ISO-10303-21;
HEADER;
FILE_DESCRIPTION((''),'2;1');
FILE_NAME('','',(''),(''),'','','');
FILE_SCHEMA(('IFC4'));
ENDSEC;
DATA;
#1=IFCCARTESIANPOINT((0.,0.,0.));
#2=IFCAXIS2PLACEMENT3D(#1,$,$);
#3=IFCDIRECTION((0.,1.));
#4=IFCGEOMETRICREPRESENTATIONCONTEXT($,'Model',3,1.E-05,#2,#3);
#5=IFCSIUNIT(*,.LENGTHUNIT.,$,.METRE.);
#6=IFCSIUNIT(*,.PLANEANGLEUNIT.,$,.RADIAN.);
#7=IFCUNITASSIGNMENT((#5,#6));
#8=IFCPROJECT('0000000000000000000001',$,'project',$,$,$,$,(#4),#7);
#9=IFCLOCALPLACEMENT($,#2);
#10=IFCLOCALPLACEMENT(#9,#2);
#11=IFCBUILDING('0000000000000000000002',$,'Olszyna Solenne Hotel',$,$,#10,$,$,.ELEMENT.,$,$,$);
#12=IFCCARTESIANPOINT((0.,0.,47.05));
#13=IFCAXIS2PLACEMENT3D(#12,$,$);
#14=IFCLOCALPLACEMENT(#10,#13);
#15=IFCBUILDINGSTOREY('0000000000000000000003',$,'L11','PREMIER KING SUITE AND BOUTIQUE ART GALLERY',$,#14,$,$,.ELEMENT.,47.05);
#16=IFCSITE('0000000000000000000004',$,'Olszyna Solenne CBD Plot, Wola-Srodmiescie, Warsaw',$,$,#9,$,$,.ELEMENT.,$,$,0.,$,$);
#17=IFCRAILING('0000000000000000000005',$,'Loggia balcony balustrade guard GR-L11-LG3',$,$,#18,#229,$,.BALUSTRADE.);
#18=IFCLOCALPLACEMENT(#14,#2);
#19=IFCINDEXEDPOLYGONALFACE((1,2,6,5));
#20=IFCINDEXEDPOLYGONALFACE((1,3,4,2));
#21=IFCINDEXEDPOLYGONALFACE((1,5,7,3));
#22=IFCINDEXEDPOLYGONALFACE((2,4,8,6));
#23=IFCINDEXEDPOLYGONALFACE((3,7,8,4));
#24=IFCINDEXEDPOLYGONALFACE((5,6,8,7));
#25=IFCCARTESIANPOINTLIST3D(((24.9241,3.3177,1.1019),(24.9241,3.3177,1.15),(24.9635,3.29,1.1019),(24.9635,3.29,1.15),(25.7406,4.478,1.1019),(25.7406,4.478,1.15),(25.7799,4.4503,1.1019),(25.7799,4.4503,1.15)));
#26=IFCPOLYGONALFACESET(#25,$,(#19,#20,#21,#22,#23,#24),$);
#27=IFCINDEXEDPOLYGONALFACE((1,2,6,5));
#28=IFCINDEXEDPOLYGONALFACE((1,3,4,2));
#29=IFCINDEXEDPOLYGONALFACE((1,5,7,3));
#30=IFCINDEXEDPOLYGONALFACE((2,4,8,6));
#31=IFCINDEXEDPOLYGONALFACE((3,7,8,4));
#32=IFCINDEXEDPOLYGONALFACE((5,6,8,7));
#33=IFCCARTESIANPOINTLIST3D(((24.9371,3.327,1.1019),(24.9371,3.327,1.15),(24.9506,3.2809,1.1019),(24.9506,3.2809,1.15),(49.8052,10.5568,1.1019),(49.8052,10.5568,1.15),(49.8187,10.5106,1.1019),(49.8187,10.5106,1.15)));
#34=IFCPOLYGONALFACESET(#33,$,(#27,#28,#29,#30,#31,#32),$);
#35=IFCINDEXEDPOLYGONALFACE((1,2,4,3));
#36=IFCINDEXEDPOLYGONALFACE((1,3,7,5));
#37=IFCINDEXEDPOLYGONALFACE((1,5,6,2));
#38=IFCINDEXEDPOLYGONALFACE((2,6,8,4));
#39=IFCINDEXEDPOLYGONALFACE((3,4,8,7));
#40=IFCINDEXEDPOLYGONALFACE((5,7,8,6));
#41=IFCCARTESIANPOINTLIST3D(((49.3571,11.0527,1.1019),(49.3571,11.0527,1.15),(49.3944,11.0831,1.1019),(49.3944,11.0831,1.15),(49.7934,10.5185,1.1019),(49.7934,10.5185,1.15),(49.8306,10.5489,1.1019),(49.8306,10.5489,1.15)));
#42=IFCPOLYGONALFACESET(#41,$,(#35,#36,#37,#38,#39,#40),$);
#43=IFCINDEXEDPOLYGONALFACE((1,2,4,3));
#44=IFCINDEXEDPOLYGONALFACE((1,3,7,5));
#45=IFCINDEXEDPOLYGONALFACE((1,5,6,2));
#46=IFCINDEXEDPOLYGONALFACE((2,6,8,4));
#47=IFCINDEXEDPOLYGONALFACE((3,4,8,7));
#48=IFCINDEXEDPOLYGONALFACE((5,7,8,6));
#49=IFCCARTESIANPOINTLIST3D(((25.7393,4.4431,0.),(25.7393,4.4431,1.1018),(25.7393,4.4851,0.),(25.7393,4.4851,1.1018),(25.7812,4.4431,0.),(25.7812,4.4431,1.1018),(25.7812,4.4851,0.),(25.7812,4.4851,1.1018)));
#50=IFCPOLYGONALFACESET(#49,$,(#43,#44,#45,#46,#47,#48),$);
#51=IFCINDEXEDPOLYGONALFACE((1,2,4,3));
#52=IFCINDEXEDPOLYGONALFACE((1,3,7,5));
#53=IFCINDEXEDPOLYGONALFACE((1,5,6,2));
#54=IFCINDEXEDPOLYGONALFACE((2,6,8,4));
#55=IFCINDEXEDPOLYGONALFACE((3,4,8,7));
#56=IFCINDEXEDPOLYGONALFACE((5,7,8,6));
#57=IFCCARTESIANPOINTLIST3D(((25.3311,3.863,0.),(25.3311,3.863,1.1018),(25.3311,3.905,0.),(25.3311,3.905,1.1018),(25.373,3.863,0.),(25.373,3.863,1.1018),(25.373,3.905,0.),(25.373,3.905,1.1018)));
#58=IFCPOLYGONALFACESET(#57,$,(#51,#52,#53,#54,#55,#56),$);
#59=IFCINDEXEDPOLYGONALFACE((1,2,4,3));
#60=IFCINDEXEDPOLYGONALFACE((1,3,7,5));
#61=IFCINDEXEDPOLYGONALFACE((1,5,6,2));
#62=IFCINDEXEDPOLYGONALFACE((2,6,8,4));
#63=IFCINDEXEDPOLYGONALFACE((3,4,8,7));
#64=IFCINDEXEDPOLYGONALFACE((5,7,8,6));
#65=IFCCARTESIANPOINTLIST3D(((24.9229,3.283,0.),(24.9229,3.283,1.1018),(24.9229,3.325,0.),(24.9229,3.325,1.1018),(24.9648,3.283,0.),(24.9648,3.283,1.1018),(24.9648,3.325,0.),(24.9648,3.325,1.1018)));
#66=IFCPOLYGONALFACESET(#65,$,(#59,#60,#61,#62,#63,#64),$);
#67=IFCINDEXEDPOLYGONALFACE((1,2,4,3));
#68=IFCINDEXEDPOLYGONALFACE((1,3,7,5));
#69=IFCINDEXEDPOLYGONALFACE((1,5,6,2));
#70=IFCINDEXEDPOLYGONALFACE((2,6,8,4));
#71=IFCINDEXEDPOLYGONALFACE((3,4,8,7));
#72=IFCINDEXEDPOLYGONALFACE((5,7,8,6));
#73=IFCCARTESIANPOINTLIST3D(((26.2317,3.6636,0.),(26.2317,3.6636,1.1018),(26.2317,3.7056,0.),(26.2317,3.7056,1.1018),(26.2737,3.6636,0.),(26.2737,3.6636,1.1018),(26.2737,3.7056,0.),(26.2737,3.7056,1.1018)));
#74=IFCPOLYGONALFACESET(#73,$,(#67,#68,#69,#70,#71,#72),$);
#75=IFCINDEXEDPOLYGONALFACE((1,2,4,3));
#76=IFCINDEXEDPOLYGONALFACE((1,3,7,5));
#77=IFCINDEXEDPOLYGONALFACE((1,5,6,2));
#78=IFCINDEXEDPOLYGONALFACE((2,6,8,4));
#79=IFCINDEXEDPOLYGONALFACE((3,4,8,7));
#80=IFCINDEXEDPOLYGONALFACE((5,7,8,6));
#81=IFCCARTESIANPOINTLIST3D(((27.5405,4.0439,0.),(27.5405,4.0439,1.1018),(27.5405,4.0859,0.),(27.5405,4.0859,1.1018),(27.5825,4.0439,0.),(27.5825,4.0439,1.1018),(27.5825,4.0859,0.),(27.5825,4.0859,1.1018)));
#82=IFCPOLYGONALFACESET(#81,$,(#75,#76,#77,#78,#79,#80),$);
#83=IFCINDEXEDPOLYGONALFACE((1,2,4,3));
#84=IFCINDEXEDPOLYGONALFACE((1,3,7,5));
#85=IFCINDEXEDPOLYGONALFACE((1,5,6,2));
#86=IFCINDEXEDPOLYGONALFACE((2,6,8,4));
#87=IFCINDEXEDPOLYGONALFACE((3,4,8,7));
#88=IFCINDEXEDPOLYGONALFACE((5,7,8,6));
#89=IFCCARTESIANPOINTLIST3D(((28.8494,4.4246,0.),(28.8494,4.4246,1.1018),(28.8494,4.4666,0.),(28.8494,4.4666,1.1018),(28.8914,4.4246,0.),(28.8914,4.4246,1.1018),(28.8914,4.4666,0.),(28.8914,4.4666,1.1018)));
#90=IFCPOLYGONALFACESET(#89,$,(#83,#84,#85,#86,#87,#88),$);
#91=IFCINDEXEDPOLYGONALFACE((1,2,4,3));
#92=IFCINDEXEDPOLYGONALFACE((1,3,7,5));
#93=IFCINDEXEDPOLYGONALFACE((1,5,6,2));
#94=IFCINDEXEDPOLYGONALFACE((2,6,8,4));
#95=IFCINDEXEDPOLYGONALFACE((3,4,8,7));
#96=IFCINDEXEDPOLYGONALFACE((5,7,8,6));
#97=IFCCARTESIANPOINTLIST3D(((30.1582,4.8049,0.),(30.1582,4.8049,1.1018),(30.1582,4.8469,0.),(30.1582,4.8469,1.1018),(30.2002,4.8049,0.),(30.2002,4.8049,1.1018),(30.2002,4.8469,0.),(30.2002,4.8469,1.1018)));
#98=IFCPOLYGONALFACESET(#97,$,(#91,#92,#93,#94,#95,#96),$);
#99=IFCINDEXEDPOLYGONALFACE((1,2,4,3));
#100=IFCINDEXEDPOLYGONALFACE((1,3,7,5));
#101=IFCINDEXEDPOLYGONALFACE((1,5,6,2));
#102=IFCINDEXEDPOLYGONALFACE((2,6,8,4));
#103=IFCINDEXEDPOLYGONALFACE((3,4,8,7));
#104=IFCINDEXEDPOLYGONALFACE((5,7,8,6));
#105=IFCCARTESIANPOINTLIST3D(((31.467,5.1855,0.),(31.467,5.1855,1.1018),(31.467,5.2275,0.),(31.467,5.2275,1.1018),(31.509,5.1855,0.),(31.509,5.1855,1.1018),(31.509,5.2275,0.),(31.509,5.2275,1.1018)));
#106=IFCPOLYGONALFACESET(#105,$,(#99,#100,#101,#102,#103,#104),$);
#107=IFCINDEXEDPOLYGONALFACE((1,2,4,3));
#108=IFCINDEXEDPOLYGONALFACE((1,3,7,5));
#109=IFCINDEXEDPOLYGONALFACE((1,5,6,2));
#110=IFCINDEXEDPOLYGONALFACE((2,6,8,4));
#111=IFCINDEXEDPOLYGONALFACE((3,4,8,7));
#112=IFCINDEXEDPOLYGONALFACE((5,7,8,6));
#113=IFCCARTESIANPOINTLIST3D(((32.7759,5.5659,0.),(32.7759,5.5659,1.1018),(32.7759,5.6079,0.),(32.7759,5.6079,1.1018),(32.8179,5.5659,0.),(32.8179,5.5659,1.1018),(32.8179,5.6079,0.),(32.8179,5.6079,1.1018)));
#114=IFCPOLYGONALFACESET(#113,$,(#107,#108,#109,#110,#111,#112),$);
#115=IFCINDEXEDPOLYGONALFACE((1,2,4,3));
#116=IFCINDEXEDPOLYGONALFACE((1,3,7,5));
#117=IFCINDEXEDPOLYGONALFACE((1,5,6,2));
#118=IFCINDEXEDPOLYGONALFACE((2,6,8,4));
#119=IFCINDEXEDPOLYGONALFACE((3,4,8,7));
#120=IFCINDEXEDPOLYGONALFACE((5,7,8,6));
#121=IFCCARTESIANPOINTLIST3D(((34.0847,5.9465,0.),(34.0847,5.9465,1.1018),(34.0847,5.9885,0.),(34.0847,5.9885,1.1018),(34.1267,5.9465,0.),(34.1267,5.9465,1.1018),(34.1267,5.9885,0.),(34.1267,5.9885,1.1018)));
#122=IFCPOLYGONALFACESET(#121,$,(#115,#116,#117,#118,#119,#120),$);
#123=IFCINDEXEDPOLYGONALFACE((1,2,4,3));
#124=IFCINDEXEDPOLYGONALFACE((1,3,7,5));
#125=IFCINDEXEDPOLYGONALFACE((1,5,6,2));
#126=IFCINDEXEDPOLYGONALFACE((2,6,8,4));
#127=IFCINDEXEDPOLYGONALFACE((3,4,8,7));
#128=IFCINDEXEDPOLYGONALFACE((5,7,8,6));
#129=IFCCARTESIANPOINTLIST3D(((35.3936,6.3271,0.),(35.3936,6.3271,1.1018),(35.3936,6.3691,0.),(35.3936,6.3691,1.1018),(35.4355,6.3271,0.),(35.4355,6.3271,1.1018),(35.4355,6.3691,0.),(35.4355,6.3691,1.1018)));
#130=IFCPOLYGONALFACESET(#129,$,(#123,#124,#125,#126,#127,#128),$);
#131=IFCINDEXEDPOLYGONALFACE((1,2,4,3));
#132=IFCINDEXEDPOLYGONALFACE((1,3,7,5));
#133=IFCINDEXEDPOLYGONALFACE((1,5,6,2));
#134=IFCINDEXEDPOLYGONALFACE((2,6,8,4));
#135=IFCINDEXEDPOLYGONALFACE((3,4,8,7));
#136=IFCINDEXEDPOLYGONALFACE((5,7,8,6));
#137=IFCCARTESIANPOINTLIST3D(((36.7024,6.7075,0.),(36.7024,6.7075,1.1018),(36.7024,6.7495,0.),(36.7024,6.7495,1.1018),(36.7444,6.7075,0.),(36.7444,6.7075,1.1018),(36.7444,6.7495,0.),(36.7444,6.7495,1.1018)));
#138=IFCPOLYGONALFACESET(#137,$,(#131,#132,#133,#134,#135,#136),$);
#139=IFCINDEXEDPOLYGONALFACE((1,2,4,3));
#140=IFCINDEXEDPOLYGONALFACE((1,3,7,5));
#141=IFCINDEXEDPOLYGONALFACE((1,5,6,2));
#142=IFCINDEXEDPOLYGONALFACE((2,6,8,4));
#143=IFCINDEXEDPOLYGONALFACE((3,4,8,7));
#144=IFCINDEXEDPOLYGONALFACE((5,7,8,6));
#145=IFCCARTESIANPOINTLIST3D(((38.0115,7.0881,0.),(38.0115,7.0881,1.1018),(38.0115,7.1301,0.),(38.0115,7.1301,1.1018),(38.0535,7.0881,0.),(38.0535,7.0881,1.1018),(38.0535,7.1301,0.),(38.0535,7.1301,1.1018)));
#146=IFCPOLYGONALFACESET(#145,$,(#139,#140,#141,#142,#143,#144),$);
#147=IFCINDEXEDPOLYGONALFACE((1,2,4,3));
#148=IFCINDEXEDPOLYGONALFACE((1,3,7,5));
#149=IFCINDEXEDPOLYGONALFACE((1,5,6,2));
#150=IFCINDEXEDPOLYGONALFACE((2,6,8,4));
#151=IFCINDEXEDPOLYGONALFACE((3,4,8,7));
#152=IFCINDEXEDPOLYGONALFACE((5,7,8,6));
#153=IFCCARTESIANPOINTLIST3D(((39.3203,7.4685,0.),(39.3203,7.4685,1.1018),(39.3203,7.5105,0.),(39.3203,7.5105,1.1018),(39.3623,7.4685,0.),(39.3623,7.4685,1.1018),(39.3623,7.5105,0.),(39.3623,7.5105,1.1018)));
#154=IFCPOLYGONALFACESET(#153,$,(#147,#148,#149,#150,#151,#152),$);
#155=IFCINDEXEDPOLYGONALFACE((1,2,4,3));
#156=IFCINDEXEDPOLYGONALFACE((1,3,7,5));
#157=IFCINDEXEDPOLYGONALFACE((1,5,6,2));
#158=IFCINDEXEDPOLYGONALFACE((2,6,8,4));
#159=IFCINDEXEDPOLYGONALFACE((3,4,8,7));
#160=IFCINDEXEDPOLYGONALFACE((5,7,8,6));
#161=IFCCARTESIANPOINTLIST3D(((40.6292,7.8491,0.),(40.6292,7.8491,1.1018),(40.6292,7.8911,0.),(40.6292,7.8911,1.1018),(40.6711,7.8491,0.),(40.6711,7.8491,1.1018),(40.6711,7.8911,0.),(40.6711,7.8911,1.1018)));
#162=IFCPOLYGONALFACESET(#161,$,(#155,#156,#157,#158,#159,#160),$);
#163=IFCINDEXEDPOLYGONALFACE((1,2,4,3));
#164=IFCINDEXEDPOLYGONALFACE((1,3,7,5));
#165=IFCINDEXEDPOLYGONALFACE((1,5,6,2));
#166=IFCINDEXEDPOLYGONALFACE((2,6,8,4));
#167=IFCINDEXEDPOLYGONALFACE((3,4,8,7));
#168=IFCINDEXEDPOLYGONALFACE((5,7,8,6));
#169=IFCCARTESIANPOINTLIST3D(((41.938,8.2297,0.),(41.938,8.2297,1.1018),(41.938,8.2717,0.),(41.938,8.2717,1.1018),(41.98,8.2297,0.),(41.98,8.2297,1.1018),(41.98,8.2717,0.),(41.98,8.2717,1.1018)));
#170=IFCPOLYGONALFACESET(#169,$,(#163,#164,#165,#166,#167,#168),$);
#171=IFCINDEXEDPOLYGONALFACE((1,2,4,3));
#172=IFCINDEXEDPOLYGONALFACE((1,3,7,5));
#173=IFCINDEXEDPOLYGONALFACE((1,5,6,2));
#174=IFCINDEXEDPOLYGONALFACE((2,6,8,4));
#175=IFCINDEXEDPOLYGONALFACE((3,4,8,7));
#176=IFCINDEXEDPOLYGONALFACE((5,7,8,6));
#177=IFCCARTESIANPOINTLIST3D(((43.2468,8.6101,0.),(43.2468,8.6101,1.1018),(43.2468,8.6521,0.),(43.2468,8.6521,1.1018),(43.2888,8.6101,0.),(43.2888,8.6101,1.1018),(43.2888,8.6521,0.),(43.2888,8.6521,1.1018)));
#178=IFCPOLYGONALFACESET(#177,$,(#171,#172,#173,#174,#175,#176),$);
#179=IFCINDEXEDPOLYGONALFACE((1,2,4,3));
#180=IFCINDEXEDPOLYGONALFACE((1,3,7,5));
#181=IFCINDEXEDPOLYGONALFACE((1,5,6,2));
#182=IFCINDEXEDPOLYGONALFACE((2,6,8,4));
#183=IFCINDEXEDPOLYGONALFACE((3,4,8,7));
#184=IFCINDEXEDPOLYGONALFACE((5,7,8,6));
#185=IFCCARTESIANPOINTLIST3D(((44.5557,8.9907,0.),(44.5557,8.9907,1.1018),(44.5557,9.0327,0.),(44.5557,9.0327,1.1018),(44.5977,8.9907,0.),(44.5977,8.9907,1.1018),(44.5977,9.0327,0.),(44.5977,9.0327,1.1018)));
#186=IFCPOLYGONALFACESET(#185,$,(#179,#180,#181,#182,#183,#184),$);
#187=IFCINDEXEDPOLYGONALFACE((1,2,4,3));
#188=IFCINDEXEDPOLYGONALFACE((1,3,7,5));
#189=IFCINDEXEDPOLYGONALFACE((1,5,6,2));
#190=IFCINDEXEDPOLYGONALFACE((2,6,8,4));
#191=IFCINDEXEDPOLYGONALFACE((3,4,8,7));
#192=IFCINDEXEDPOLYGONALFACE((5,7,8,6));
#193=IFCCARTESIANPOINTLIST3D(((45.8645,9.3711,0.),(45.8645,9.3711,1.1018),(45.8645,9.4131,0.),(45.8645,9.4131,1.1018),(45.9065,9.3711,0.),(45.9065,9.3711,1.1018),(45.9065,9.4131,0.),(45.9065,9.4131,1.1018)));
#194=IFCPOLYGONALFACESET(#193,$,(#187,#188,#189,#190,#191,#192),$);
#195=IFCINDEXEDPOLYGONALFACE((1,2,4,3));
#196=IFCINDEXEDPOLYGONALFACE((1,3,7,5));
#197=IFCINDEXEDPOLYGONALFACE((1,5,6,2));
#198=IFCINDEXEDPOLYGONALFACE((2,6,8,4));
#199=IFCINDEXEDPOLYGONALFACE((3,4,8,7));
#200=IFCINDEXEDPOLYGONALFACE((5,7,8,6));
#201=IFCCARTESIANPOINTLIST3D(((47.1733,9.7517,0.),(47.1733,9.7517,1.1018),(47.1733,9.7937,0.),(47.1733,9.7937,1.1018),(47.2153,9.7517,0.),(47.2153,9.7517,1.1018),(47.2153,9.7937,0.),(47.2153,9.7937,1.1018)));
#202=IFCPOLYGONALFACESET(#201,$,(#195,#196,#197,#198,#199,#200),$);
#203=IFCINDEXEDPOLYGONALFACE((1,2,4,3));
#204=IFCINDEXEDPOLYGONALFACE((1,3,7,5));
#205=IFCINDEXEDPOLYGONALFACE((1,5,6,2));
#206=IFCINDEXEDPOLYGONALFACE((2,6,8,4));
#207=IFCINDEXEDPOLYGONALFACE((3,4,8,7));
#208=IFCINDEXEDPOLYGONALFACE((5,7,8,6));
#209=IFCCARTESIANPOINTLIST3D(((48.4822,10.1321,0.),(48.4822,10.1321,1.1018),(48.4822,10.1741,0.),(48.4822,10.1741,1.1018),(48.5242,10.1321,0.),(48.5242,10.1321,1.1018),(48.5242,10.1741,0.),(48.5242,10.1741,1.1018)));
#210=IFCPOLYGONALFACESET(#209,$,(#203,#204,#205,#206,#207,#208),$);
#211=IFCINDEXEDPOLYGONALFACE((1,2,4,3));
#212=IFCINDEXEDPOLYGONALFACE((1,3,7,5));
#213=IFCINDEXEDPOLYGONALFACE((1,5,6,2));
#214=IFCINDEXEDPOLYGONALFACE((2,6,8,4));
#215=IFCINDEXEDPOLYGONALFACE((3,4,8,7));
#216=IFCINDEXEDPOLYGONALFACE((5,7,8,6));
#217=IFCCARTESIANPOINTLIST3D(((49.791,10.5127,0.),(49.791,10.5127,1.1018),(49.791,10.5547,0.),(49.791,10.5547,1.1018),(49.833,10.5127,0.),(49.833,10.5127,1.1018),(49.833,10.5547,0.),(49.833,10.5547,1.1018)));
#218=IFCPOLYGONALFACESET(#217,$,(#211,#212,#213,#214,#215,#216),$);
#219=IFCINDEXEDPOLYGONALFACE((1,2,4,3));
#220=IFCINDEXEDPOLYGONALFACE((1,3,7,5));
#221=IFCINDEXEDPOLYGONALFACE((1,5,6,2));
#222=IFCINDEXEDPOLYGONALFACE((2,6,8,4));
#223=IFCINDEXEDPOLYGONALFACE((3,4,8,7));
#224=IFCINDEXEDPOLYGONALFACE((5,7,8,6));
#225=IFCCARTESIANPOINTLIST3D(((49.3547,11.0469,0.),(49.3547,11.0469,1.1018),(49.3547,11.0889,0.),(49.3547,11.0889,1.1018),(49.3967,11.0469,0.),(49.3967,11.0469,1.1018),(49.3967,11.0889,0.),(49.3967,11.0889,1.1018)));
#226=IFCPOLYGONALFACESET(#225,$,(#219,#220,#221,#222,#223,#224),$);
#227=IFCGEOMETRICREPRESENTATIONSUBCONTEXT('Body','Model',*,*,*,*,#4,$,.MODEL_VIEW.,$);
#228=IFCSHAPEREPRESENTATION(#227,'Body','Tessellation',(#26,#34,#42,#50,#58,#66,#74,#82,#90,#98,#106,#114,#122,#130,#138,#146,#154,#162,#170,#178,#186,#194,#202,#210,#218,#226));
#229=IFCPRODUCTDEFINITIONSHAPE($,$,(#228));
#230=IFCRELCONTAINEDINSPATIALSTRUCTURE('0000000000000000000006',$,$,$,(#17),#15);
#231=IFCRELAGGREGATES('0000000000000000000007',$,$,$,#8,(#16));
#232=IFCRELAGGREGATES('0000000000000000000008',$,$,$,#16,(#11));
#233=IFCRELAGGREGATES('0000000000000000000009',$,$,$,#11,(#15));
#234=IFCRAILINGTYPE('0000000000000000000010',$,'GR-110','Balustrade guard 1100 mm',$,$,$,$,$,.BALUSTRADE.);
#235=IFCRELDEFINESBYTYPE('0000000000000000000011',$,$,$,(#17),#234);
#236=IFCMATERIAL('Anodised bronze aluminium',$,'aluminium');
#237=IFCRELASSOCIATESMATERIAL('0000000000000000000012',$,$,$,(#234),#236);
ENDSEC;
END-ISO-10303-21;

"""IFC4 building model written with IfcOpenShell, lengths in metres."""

from ifc_helpers import new_model, si_unit, direction, frame, origin, origin_2d, place, context, subcontext, project, spatial, rectangle, extrude, material, type_object, element, save


model = new_model("IFC4")

# Units and contexts
model_context = context("Model", 3, precision=1e-05, world=origin(), true_north=direction((0.0, 1.0)))
body_context = subcontext(model_context, "Body", "Model", "MODEL_VIEW")
ifc_project = project(units=[si_unit("LENGTHUNIT", "METRE"), si_unit("PLANEANGLEUNIT", "RADIAN")], contexts=[model_context])

# Site, building, storey
site_placement = place(None, origin())
site = spatial("IfcSite", under=ifc_project, at=site_placement, Name="Olszyna Solenne CBD Plot, Wola-Srodmiescie, Warsaw", CompositionType="ELEMENT", RefElevation=0.0)
building_placement = place(site_placement, origin())
building = spatial("IfcBuilding", under=site, at=building_placement, Name="Olszyna Solenne Hotel", CompositionType="ELEMENT")
storey_placement = place(building_placement, frame((0.0, 0.0, 47.05)))
storey = spatial("IfcBuildingStorey", under=building, at=storey_placement, Name="L11", Description="PREMIER KING SUITE AND BOUTIQUE ART GALLERY", CompositionType="ELEMENT", Elevation=47.05)

# Shared definitions
ifc_material_1 = material(Name="Anodised bronze aluminium", Category="aluminium")

# Railing
railing_type_1 = type_object("IfcRailingType", Name="GR-110", Description="Balustrade guard 1100 mm", PredefinedType="BALUSTRADE", material=ifc_material_1)
railing_1_placement = place(storey_placement, frame((25.7603, 4.4641, 0.0)))
element("IfcRailing", 1, at=railing_1_placement, inside=storey, type_object=railing_type_1, Name="Loggia balcony balustrade guard GR-L11-LG3", PredefinedType="BALUSTRADE", context=body_context, shape_type="SweptSolid", body=[
    extrude(rectangle(XDim=0.0481, YDim=0.0481, at=origin_2d()), frame((0.0, 0.0, 1.126), z_axis=(-0.575493, -0.817806, 0.0), x_axis=(0.817806, -0.575493, 0.0)), (0.0, 0.0, 1.0), 1.4187),
    extrude(rectangle(XDim=0.0481, YDim=0.0481, at=origin_2d()), frame((-0.8164, -1.1602, 1.126), z_axis=(0.960243, 0.279164, 0.0), x_axis=(-0.279164, 0.960243, 0.0)), (0.0, 0.0, 1.0), 25.8977),
    extrude(rectangle(XDim=0.0481, YDim=0.0481, at=origin_2d()), frame((24.0518, 6.0696, 1.126), z_axis=(-0.632563, 0.774509, 0.0), x_axis=(-0.774509, -0.632563, 0.0)), (0.0, 0.0, 1.0), 0.6897),
    extrude(rectangle(XDim=0.042, YDim=0.042, at=origin_2d()), origin(), (0.0, 0.0, 1.0), 1.1018),
    extrude(rectangle(XDim=0.042, YDim=0.042, at=origin_2d()), frame((-0.4082, -0.5801, 0.0)), (0.0, 0.0, 1.0), 1.1018),
    extrude(rectangle(XDim=0.042, YDim=0.042, at=origin_2d()), frame((-0.8164, -1.1602, 0.0)), (0.0, 0.0, 1.0), 1.1018),
    extrude(rectangle(XDim=0.042, YDim=0.042, at=origin_2d()), frame((0.4924, -0.7795, 0.0)), (0.0, 0.0, 1.0), 1.1018),
    extrude(rectangle(XDim=0.042, YDim=0.042, at=origin_2d()), frame((1.8013, -0.3992, 0.0)), (0.0, 0.0, 1.0), 1.1018),
    extrude(rectangle(XDim=0.042, YDim=0.042, at=origin_2d()), frame((3.1101, -0.0186, 0.0)), (0.0, 0.0, 1.0), 1.1018),
    extrude(rectangle(XDim=0.042, YDim=0.042, at=origin_2d()), frame((4.4189, 0.3618, 0.0)), (0.0, 0.0, 1.0), 1.1018),
    extrude(rectangle(XDim=0.042, YDim=0.042, at=origin_2d()), frame((5.7278, 0.7424, 0.0)), (0.0, 0.0, 1.0), 1.1018),
    extrude(rectangle(XDim=0.042, YDim=0.042, at=origin_2d()), frame((7.0366, 1.1228, 0.0)), (0.0, 0.0, 1.0), 1.1018),
    extrude(rectangle(XDim=0.042, YDim=0.042, at=origin_2d()), frame((8.3455, 1.5034, 0.0)), (0.0, 0.0, 1.0), 1.1018),
    extrude(rectangle(XDim=0.042, YDim=0.042, at=origin_2d()), frame((9.6543, 1.884, 0.0)), (0.0, 0.0, 1.0), 1.1018),
    extrude(rectangle(XDim=0.042, YDim=0.042, at=origin_2d()), frame((10.9631, 2.2644, 0.0)), (0.0, 0.0, 1.0), 1.1018),
    extrude(rectangle(XDim=0.042, YDim=0.042, at=origin_2d()), frame((12.2722, 2.645, 0.0)), (0.0, 0.0, 1.0), 1.1018),
    extrude(rectangle(XDim=0.042, YDim=0.042, at=origin_2d()), frame((13.5811, 3.0254, 0.0)), (0.0, 0.0, 1.0), 1.1018),
    extrude(rectangle(XDim=0.042, YDim=0.042, at=origin_2d()), frame((14.8899, 3.406, 0.0)), (0.0, 0.0, 1.0), 1.1018),
    extrude(rectangle(XDim=0.042, YDim=0.042, at=origin_2d()), frame((16.1987, 3.7866, 0.0)), (0.0, 0.0, 1.0), 1.1018),
    extrude(rectangle(XDim=0.042, YDim=0.042, at=origin_2d()), frame((17.5076, 4.167, 0.0)), (0.0, 0.0, 1.0), 1.1018),
    extrude(rectangle(XDim=0.042, YDim=0.042, at=origin_2d()), frame((18.8164, 4.5476, 0.0)), (0.0, 0.0, 1.0), 1.1018),
    extrude(rectangle(XDim=0.042, YDim=0.042, at=origin_2d()), frame((20.1252, 4.928, 0.0)), (0.0, 0.0, 1.0), 1.1018),
    extrude(rectangle(XDim=0.042, YDim=0.042, at=origin_2d()), frame((21.4341, 5.3086, 0.0)), (0.0, 0.0, 1.0), 1.1018),
    extrude(rectangle(XDim=0.042, YDim=0.042, at=origin_2d()), frame((22.7429, 5.689, 0.0)), (0.0, 0.0, 1.0), 1.1018),
    extrude(rectangle(XDim=0.042, YDim=0.042, at=origin_2d()), frame((24.0518, 6.0696, 0.0)), (0.0, 0.0, 1.0), 1.1018),
    extrude(rectangle(XDim=0.042, YDim=0.042, at=origin_2d()), frame((23.6155, 6.6038, 0.0)), (0.0, 0.0, 1.0), 1.1018),
])

save(model, "model.ifc")
